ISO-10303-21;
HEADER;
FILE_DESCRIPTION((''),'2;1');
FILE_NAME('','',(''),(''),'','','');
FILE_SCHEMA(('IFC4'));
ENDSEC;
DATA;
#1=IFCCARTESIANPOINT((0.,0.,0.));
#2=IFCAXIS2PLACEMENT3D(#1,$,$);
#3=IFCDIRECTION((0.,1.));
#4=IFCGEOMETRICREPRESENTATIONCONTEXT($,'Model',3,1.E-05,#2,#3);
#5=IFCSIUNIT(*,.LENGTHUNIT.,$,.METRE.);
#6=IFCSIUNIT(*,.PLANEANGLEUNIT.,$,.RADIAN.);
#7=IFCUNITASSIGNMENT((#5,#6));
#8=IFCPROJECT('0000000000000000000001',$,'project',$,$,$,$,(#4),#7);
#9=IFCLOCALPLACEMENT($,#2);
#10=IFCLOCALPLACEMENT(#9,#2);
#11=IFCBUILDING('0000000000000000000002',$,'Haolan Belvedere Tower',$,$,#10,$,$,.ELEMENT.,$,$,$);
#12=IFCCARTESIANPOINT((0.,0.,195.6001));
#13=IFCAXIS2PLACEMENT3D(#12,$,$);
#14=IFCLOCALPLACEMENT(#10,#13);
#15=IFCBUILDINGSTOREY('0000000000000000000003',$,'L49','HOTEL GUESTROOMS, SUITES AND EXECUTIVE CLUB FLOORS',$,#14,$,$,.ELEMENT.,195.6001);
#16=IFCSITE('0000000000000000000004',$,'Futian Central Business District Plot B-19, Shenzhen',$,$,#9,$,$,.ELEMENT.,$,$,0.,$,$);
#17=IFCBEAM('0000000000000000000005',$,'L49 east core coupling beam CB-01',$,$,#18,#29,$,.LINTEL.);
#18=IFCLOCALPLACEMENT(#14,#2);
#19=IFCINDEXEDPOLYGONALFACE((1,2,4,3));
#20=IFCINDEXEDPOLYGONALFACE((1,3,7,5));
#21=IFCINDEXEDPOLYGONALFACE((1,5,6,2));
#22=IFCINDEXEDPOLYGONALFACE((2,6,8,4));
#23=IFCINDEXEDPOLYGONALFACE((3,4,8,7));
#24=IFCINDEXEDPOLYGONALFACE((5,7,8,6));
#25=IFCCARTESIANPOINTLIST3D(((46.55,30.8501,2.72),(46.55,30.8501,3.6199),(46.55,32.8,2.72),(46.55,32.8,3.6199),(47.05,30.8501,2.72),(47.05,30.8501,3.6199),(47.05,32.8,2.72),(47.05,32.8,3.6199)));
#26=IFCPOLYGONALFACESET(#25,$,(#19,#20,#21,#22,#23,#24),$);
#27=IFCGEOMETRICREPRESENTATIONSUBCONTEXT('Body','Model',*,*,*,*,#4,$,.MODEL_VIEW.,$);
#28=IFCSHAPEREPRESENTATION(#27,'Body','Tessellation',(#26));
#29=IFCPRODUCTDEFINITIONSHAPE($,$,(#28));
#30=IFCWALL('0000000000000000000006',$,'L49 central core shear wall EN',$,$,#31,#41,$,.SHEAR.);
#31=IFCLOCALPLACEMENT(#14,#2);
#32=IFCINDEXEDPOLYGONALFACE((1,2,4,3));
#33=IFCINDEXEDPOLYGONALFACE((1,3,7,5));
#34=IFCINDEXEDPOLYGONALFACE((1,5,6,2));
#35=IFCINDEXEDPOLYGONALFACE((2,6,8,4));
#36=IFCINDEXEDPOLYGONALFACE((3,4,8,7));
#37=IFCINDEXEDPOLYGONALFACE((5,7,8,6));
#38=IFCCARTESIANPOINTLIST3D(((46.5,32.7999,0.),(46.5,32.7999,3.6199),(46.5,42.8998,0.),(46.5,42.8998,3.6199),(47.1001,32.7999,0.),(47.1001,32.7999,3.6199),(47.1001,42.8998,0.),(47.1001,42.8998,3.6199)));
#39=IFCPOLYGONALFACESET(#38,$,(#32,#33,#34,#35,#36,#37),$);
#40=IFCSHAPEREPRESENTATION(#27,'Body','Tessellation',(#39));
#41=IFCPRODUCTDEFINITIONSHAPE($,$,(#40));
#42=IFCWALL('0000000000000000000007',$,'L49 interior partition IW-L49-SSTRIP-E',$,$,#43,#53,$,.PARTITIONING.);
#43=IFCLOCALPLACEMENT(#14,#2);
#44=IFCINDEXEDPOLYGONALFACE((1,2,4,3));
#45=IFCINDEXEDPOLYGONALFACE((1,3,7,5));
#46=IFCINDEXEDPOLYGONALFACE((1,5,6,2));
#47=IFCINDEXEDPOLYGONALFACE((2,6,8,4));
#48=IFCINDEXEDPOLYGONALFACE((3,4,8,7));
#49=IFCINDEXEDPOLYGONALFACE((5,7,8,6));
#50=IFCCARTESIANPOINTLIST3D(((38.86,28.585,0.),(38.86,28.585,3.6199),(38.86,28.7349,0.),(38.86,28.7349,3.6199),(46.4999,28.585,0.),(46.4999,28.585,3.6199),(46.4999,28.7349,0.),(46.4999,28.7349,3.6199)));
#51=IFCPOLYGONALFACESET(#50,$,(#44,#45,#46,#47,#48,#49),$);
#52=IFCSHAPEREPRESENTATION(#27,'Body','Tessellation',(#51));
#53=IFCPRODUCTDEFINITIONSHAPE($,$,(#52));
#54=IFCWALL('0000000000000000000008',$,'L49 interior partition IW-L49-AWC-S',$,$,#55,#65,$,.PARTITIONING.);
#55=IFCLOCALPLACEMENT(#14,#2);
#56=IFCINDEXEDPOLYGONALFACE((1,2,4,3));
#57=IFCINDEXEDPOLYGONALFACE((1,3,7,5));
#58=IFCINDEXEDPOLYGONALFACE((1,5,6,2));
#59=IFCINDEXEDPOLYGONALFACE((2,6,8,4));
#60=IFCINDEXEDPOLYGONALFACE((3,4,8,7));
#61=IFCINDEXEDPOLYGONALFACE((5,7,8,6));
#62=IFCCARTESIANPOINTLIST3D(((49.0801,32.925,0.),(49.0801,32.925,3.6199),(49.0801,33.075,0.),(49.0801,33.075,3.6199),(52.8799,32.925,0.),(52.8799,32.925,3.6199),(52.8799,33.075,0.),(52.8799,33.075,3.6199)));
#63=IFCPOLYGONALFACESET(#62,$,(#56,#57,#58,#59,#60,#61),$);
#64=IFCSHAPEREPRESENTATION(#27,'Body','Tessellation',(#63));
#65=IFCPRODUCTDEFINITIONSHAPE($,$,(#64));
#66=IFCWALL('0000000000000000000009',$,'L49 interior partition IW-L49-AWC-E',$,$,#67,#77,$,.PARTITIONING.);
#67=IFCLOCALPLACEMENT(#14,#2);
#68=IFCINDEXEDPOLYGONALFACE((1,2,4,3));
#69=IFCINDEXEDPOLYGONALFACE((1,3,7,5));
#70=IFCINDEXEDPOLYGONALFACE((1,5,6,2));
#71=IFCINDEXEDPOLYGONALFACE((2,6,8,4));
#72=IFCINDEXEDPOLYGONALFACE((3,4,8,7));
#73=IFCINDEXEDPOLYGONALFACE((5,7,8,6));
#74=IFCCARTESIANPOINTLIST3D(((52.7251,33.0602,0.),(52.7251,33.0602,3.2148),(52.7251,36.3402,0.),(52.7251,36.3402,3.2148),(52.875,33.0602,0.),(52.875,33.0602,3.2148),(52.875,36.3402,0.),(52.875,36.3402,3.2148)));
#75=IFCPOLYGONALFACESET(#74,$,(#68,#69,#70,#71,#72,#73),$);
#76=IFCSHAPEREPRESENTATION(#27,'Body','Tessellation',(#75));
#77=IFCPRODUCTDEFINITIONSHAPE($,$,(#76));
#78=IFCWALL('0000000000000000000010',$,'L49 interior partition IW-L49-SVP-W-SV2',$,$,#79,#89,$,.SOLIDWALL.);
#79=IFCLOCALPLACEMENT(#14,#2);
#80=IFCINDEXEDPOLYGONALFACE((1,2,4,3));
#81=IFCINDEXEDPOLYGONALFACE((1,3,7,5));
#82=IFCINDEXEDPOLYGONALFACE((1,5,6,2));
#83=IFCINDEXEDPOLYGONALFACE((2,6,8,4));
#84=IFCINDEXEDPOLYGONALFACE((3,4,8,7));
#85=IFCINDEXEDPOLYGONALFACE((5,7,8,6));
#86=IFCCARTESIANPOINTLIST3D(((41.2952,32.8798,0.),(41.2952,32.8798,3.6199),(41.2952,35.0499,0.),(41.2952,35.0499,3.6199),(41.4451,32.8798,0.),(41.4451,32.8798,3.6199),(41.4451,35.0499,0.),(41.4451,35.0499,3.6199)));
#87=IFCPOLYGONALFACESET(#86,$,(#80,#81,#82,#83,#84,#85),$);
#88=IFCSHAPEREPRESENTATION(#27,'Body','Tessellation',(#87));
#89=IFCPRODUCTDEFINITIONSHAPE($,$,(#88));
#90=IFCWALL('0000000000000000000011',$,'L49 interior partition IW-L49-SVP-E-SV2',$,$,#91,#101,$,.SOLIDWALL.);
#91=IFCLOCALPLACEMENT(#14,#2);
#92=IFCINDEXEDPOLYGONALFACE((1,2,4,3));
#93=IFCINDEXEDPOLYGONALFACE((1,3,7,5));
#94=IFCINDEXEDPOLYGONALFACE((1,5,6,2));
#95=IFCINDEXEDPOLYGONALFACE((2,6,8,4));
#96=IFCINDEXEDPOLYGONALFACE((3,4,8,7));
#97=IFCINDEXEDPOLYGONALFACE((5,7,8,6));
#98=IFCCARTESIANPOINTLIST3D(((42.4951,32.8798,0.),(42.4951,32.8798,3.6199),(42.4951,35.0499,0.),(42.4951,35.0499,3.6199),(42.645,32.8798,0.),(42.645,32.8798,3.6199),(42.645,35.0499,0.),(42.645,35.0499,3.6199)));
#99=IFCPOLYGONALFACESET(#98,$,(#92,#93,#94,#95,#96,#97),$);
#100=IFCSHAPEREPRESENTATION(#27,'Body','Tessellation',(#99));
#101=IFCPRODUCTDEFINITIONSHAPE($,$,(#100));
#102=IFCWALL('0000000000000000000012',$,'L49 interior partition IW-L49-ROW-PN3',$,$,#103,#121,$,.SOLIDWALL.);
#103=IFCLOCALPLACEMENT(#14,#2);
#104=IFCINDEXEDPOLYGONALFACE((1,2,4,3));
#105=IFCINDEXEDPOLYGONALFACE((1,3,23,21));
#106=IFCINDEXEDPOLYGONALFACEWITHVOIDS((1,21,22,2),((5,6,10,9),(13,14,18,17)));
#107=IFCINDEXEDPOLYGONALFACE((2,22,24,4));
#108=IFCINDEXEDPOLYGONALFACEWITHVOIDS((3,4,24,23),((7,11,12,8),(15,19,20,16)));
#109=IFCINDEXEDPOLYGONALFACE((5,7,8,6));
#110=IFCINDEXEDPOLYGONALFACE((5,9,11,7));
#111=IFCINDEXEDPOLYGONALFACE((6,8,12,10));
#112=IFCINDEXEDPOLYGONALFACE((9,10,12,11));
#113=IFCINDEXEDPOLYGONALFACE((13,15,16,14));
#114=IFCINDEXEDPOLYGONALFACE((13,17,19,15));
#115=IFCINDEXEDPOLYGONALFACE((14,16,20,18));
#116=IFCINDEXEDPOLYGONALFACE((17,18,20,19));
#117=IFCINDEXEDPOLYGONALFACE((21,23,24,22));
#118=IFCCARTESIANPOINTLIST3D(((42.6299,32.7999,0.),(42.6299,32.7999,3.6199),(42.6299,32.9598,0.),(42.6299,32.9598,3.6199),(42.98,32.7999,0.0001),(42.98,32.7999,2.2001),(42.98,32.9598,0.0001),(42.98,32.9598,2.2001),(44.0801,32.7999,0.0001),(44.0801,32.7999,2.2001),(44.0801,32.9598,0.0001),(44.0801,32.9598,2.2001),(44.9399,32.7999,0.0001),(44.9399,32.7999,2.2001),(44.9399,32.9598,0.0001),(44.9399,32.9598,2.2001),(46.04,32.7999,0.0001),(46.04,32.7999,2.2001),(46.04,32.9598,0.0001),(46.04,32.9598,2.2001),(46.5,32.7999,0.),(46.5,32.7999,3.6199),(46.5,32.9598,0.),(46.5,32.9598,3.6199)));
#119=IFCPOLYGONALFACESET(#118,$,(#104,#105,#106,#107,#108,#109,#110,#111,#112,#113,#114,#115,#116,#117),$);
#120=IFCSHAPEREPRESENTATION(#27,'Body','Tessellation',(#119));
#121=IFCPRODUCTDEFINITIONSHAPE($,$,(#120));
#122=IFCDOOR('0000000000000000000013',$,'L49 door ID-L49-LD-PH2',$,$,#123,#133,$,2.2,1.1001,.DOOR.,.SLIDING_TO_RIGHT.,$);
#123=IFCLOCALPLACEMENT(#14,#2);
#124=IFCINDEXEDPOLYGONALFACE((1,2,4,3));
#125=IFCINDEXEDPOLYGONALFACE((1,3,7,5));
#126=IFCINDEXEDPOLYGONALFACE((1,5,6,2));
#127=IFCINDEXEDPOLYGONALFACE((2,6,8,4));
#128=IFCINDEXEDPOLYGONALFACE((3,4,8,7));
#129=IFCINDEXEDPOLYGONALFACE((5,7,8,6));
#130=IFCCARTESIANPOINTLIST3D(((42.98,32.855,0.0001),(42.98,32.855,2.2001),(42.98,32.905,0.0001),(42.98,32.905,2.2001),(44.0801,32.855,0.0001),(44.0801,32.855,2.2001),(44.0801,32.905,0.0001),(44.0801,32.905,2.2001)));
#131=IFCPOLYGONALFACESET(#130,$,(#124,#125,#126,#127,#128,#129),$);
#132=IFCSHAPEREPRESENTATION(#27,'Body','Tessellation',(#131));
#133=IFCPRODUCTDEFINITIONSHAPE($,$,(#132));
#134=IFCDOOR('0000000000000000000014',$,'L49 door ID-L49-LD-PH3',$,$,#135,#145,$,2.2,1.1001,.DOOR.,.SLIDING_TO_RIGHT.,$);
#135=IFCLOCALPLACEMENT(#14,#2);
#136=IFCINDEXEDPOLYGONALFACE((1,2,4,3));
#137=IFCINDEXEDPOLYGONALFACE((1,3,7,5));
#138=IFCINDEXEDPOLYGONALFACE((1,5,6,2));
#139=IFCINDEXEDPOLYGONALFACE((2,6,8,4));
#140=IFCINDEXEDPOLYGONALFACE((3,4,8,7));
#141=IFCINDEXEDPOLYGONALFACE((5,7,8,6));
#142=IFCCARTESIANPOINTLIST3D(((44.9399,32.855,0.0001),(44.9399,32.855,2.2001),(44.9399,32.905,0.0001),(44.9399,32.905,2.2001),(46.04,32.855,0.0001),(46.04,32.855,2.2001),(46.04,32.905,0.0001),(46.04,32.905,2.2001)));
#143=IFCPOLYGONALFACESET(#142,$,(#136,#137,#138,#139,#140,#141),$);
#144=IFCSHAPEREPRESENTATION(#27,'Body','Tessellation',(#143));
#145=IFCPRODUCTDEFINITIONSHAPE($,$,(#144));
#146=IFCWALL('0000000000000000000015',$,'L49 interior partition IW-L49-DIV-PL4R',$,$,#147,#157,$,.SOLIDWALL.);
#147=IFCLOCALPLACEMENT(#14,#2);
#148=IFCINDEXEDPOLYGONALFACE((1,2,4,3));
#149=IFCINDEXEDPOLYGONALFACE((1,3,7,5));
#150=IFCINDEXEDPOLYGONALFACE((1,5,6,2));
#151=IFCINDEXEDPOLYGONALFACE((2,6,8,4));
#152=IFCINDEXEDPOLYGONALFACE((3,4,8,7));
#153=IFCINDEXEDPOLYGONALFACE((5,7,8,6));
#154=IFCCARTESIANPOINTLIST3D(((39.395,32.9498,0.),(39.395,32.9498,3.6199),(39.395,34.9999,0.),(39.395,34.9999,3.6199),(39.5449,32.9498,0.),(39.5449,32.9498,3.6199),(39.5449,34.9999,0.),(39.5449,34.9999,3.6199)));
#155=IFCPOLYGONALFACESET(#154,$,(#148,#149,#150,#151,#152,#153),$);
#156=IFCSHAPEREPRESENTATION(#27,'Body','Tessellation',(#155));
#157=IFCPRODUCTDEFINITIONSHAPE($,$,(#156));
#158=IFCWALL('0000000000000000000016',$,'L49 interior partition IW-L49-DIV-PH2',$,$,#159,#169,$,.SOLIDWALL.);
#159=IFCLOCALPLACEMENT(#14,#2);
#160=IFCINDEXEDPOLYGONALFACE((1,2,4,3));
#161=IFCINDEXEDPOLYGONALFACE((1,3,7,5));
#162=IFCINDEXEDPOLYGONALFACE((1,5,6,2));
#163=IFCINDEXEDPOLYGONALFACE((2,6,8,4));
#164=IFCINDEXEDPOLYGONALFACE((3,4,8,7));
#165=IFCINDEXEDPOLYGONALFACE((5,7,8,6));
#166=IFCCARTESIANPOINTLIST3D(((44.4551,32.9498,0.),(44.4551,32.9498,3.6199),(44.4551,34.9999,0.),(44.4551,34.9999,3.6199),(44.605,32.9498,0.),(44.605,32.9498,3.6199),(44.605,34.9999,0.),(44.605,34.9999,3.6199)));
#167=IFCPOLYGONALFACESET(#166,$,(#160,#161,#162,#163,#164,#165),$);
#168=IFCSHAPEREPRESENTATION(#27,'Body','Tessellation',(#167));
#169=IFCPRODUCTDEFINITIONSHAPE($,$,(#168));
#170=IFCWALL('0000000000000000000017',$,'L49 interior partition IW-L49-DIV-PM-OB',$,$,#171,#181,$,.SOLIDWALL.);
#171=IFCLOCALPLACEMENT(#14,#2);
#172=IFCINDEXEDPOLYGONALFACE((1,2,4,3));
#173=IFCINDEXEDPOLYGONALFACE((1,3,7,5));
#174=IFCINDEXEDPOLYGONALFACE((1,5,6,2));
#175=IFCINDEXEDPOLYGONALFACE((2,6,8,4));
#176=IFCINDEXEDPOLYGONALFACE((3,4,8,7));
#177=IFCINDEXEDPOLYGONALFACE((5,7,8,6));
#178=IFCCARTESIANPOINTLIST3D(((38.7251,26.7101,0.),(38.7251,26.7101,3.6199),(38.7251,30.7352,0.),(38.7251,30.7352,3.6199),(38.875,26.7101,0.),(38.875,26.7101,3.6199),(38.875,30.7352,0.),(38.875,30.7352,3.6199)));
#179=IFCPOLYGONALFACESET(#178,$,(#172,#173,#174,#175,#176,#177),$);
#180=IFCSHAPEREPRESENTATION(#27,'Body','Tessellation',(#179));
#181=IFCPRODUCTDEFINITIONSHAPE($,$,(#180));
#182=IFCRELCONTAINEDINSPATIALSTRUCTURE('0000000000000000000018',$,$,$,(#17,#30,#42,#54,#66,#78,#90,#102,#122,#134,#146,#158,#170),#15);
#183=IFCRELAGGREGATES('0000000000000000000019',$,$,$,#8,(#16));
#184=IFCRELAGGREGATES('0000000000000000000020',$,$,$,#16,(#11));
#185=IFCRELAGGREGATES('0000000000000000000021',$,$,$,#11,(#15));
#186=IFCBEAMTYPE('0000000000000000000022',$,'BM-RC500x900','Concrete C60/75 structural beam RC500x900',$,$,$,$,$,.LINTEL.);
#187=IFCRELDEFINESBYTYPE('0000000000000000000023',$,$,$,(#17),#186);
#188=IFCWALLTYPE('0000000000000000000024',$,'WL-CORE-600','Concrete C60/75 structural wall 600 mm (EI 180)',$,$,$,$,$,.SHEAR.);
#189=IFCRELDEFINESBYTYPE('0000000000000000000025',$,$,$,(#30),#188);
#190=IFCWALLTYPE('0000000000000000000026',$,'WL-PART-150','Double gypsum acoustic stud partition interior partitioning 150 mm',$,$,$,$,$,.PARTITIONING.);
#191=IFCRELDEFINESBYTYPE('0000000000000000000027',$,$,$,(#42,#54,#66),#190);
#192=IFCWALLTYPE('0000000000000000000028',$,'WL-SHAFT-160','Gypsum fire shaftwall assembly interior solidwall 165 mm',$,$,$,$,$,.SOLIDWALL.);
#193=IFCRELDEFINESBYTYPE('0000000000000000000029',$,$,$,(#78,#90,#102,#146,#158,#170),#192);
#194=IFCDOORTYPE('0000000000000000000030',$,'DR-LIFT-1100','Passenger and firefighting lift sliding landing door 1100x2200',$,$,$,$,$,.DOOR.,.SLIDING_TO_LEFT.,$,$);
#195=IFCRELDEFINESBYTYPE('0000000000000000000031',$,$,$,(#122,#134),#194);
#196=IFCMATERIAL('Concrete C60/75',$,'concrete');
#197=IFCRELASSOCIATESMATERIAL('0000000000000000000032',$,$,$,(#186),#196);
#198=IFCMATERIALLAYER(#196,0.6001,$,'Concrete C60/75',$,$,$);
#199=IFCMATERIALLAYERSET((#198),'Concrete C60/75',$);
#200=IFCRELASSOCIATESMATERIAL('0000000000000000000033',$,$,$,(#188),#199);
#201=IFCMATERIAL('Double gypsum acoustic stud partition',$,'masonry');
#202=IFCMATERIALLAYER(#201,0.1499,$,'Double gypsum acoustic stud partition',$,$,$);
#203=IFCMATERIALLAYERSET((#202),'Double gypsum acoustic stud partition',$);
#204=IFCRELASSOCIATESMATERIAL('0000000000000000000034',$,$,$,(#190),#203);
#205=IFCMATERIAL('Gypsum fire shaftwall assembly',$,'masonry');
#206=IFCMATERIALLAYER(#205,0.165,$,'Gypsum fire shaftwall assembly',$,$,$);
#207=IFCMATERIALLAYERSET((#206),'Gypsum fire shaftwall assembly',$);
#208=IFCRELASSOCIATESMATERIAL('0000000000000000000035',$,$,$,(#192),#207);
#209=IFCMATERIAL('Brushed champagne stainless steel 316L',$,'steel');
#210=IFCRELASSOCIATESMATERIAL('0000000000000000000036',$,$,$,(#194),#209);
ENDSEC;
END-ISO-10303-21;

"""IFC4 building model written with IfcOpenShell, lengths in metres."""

from ifc_helpers import new_model, si_unit, direction, frame, frame_2d, origin, origin_2d, place, context, subcontext, project, spatial, rectangle, extrude, material, layer, layer_set, material_profile, profile_set, type_object, element, fill, save


model = new_model("IFC4")

# Units and contexts
model_context = context("Model", 3, precision=1e-05, world=origin(), true_north=direction((0.0, 1.0)))
body_context = subcontext(model_context, "Body", "Model", "MODEL_VIEW")
ifc_project = project(units=[si_unit("LENGTHUNIT", "METRE"), si_unit("PLANEANGLEUNIT", "RADIAN")], contexts=[model_context])

# Site, building, storey
site_placement = place(None, origin())
site = spatial("IfcSite", under=ifc_project, at=site_placement, Name="Futian Central Business District Plot B-19, Shenzhen", CompositionType="ELEMENT", RefElevation=0.0)
building_placement = place(site_placement, origin())
building = spatial("IfcBuilding", under=site, at=building_placement, Name="Haolan Belvedere Tower", CompositionType="ELEMENT")
storey_placement = place(building_placement, frame((0.0, 0.0, 195.6001)))
storey = spatial("IfcBuildingStorey", under=building, at=storey_placement, Name="L49", Description="HOTEL GUESTROOMS, SUITES AND EXECUTIVE CLUB FLOORS", CompositionType="ELEMENT", Elevation=195.6001)

# Beam
ifc_material_1 = material(Name="Concrete C60/75", Category="concrete")
ifc_material_profile_1 = material_profile(ifc_material_1, rectangle(XDim=0.5, YDim=0.8999, at=origin_2d()), Name="Concrete C60/75")
ifc_profile_set_1 = profile_set([ifc_material_profile_1], Name="Concrete C60/75")
beam_type_1 = type_object("IfcBeamType", Name="BM-RC500x900", Description="Concrete C60/75 structural beam RC500x900", PredefinedType="LINTEL", material=ifc_profile_set_1)
beam_1_placement = place(storey_placement, frame((46.8, 30.8501, 3.1699), z_axis=(0.0, 1.0, 0.0), x_axis=(-1.0, 0.0, 0.0)))
element("IfcBeam", 1, at=beam_1_placement, inside=storey, type_object=beam_type_1, Name="L49 east core coupling beam CB-01", PredefinedType="LINTEL", context=body_context, shape_type="SweptSolid", body=[
    extrude(rectangle(XDim=0.5, YDim=0.8999, at=origin_2d()), origin(), (0.0, 0.0, 1.0), 1.95),
])

# Walls
ifc_layer_1 = layer(ifc_material_1, 0.6001, Name="Concrete C60/75")
ifc_layer_set_1 = layer_set([ifc_layer_1], Name="Concrete C60/75")
wall_type_1 = type_object("IfcWallType", Name="WL-CORE-600", Description="Concrete C60/75 structural wall 600 mm (EI 180)", PredefinedType="SHEAR", material=ifc_layer_set_1)
wall_1_placement = place(storey_placement, frame((46.8, 32.8, 0.0), z_axis=(0.0, 0.0, 1.0), x_axis=(0.0, 1.0, 0.0)))
element("IfcWall", 2, at=wall_1_placement, inside=storey, type_object=wall_type_1, Name="L49 central core shear wall EN", PredefinedType="SHEAR", context=body_context, shape_type="SweptSolid", body=[
    extrude(rectangle(XDim=10.0999, YDim=0.6001, at=frame_2d((5.0498, 0.0))), origin(), (0.0, 0.0, 1.0), 3.6199),
])
ifc_material_2 = material(Name="Double gypsum acoustic stud partition", Category="masonry")
ifc_layer_2 = layer(ifc_material_2, 0.1499, Name="Double gypsum acoustic stud partition")
ifc_layer_set_2 = layer_set([ifc_layer_2], Name="Double gypsum acoustic stud partition")
wall_type_2 = type_object("IfcWallType", Name="WL-PART-150", Description="Double gypsum acoustic stud partition interior partitioning 150 mm", PredefinedType="PARTITIONING", material=ifc_layer_set_2)
wall_2_placement = place(storey_placement, frame((38.8601, 28.6599, 0.0), z_axis=(0.0, 0.0, 1.0), x_axis=(1.0, 0.0, 0.0)))
element("IfcWall", 3, at=wall_2_placement, inside=storey, type_object=wall_type_2, Name="L49 interior partition IW-L49-SSTRIP-E", PredefinedType="PARTITIONING", context=body_context, shape_type="SweptSolid", body=[
    extrude(rectangle(XDim=7.6399, YDim=0.1499, at=frame_2d((3.8198, 0.0))), origin(), (0.0, 0.0, 1.0), 3.6199),
])
wall_3_placement = place(storey_placement, frame((49.0801, 33.0, 0.0), z_axis=(0.0, 0.0, 1.0), x_axis=(1.0, 0.0, 0.0)))
element("IfcWall", 4, at=wall_3_placement, inside=storey, type_object=wall_type_2, Name="L49 interior partition IW-L49-AWC-S", PredefinedType="PARTITIONING", context=body_context, shape_type="SweptSolid", body=[
    extrude(rectangle(XDim=3.7998, YDim=0.1499, at=frame_2d((1.8999, 0.0))), origin(), (0.0, 0.0, 1.0), 3.6199),
])

# Walls
wall_4_placement = place(storey_placement, frame((52.8, 33.0601, 0.0), z_axis=(0.0, 0.0, 1.0), x_axis=(0.0, 1.0, 0.0)))
element("IfcWall", 5, at=wall_4_placement, inside=storey, type_object=wall_type_2, Name="L49 interior partition IW-L49-AWC-E", PredefinedType="PARTITIONING", context=body_context, shape_type="SweptSolid", body=[
    extrude(rectangle(XDim=3.28, YDim=0.1499, at=frame_2d((1.6401, 0.0))), origin(), (0.0, 0.0, 1.0), 3.2148),
])
ifc_material_3 = material(Name="Gypsum fire shaftwall assembly", Category="masonry")
ifc_layer_3 = layer(ifc_material_3, 0.165, Name="Gypsum fire shaftwall assembly")
ifc_layer_set_3 = layer_set([ifc_layer_3], Name="Gypsum fire shaftwall assembly")
wall_type_3 = type_object("IfcWallType", Name="WL-SHAFT-160", Description="Gypsum fire shaftwall assembly interior solidwall 165 mm", PredefinedType="SOLIDWALL", material=ifc_layer_set_3)
for number, where, z_axis, x_axis, name in (
    (6, (41.3701, 32.8799, 0.0), (0.0, 0.0, 1.0), (0.0, 1.0, 0.0), "L49 interior partition IW-L49-SVP-W-SV2"),
    (7, (42.5701, 32.8799, 0.0), (0.0, 0.0, 1.0), (0.0, 1.0, 0.0), "L49 interior partition IW-L49-SVP-E-SV2"),
):
    element("IfcWall", number, at=place(storey_placement, frame(where, z_axis=z_axis, x_axis=x_axis)), inside=storey, type_object=wall_type_3, Name=name, PredefinedType="SOLIDWALL", context=body_context, shape_type="SweptSolid", body=[
        extrude(rectangle(XDim=2.1702, YDim=0.1499, at=frame_2d((1.085, 0.0))), origin(), (0.0, 0.0, 1.0), 3.6199),
    ])

# Wall, openings, doors
wall_5_placement = place(storey_placement, frame((42.6299, 32.8799, 0.0), z_axis=(0.0, 0.0, 1.0), x_axis=(1.0, 0.0, 0.0)))
wall_5 = element("IfcWall", 8, at=wall_5_placement, inside=storey, type_object=wall_type_3, Name="L49 interior partition IW-L49-ROW-PN3", PredefinedType="SOLIDWALL", context=body_context, shape_type="SweptSolid", body=[
    extrude(rectangle(XDim=3.8701, YDim=0.1599, at=frame_2d((1.9351, 0.0))), origin(), (0.0, 0.0, 1.0), 3.6199),
])
opening_1_placement = place(wall_5_placement, frame((1.4502, 0.0, 0.0), z_axis=(0.0, 0.0, 1.0), x_axis=(-1.0, 0.0, 0.0)))
opening_1 = element("IfcOpeningElement", 9, at=opening_1_placement, cuts=wall_5, PredefinedType="OPENING", context=body_context, shape_type="SweptSolid", body=[
    extrude(rectangle(XDim=1.1001, YDim=2.2, at=frame_2d((0.55, 1.1001))), frame((0.0, 0.0898, 0.0), z_axis=(0.0, -1.0, 0.0), x_axis=(1.0, 0.0, 0.0)), (0.0, 0.0, 1.0), 0.1799),
])
opening_2_placement = place(wall_5_placement, frame((3.4102, 0.0, 0.0), z_axis=(0.0, 0.0, 1.0), x_axis=(-1.0, 0.0, 0.0)))
opening_2 = element("IfcOpeningElement", 10, at=opening_2_placement, cuts=wall_5, PredefinedType="OPENING", context=body_context, shape_type="SweptSolid", body=[
    extrude(rectangle(XDim=1.1001, YDim=2.2, at=frame_2d((0.55, 1.1001))), frame((0.0, 0.0898, 0.0), z_axis=(0.0, -1.0, 0.0), x_axis=(1.0, 0.0, 0.0)), (0.0, 0.0, 1.0), 0.1799),
])
ifc_material_4 = material(Name="Brushed champagne stainless steel 316L", Category="steel")
door_type_1 = type_object("IfcDoorType", Name="DR-LIFT-1100", Description="Passenger and firefighting lift sliding landing door 1100x2200", OperationType="SLIDING_TO_LEFT", PredefinedType="DOOR", material=ifc_material_4)
door_1_placement = place(opening_1_placement, origin())
door_1 = element("IfcDoor", 11, at=door_1_placement, inside=storey, type_object=door_type_1, Name="L49 door ID-L49-LD-PH2", OperationType="SLIDING_TO_RIGHT", OverallHeight=2.2, OverallWidth=1.1001, PredefinedType="DOOR", context=body_context, shape_type="SweptSolid", body=[
    extrude(rectangle(XDim=1.1001, YDim=2.2, at=frame_2d((0.55, 1.1001))), frame((0.0, 0.0249, 0.0), z_axis=(0.0, -1.0, 0.0), x_axis=(1.0, 0.0, 0.0)), (0.0, 0.0, 1.0), 0.05),
])
fill(opening_1, door_1)
door_2_placement = place(opening_2_placement, origin())
door_2 = element("IfcDoor", 12, at=door_2_placement, inside=storey, type_object=door_type_1, Name="L49 door ID-L49-LD-PH3", OperationType="SLIDING_TO_RIGHT", OverallHeight=2.2, OverallWidth=1.1001, PredefinedType="DOOR", context=body_context, shape_type="SweptSolid", body=[
    extrude(rectangle(XDim=1.1001, YDim=2.2, at=frame_2d((0.55, 1.1001))), frame((0.0, 0.0249, 0.0), z_axis=(0.0, -1.0, 0.0), x_axis=(1.0, 0.0, 0.0)), (0.0, 0.0, 1.0), 0.05),
])
fill(opening_2, door_2)

# Walls
for number, where, z_axis, x_axis, name in (
    (13, (39.47, 32.95, 0.0), (0.0, 0.0, 1.0), (0.0, 1.0, 0.0), "L49 interior partition IW-L49-DIV-PL4R"),
    (14, (44.53, 32.95, 0.0), (0.0, 0.0, 1.0), (0.0, 1.0, 0.0), "L49 interior partition IW-L49-DIV-PH2"),
):
    element("IfcWall", number, at=place(storey_placement, frame(where, z_axis=z_axis, x_axis=x_axis)), inside=storey, type_object=wall_type_3, Name=name, PredefinedType="SOLIDWALL", context=body_context, shape_type="SweptSolid", body=[
        extrude(rectangle(XDim=2.05, YDim=0.1499, at=frame_2d((1.0249, 0.0))), origin(), (0.0, 0.0, 1.0), 3.6199),
    ])
wall_6_placement = place(storey_placement, frame((38.8, 26.71, 0.0), z_axis=(0.0, 0.0, 1.0), x_axis=(0.0, 1.0, 0.0)))
element("IfcWall", 15, at=wall_6_placement, inside=storey, type_object=wall_type_3, Name="L49 interior partition IW-L49-DIV-PM-OB", PredefinedType="SOLIDWALL", context=body_context, shape_type="SweptSolid", body=[
    extrude(rectangle(XDim=4.0251, YDim=0.1499, at=frame_2d((2.0127, 0.0))), origin(), (0.0, 0.0, 1.0), 3.6199),
])

save(model, "model.ifc")
